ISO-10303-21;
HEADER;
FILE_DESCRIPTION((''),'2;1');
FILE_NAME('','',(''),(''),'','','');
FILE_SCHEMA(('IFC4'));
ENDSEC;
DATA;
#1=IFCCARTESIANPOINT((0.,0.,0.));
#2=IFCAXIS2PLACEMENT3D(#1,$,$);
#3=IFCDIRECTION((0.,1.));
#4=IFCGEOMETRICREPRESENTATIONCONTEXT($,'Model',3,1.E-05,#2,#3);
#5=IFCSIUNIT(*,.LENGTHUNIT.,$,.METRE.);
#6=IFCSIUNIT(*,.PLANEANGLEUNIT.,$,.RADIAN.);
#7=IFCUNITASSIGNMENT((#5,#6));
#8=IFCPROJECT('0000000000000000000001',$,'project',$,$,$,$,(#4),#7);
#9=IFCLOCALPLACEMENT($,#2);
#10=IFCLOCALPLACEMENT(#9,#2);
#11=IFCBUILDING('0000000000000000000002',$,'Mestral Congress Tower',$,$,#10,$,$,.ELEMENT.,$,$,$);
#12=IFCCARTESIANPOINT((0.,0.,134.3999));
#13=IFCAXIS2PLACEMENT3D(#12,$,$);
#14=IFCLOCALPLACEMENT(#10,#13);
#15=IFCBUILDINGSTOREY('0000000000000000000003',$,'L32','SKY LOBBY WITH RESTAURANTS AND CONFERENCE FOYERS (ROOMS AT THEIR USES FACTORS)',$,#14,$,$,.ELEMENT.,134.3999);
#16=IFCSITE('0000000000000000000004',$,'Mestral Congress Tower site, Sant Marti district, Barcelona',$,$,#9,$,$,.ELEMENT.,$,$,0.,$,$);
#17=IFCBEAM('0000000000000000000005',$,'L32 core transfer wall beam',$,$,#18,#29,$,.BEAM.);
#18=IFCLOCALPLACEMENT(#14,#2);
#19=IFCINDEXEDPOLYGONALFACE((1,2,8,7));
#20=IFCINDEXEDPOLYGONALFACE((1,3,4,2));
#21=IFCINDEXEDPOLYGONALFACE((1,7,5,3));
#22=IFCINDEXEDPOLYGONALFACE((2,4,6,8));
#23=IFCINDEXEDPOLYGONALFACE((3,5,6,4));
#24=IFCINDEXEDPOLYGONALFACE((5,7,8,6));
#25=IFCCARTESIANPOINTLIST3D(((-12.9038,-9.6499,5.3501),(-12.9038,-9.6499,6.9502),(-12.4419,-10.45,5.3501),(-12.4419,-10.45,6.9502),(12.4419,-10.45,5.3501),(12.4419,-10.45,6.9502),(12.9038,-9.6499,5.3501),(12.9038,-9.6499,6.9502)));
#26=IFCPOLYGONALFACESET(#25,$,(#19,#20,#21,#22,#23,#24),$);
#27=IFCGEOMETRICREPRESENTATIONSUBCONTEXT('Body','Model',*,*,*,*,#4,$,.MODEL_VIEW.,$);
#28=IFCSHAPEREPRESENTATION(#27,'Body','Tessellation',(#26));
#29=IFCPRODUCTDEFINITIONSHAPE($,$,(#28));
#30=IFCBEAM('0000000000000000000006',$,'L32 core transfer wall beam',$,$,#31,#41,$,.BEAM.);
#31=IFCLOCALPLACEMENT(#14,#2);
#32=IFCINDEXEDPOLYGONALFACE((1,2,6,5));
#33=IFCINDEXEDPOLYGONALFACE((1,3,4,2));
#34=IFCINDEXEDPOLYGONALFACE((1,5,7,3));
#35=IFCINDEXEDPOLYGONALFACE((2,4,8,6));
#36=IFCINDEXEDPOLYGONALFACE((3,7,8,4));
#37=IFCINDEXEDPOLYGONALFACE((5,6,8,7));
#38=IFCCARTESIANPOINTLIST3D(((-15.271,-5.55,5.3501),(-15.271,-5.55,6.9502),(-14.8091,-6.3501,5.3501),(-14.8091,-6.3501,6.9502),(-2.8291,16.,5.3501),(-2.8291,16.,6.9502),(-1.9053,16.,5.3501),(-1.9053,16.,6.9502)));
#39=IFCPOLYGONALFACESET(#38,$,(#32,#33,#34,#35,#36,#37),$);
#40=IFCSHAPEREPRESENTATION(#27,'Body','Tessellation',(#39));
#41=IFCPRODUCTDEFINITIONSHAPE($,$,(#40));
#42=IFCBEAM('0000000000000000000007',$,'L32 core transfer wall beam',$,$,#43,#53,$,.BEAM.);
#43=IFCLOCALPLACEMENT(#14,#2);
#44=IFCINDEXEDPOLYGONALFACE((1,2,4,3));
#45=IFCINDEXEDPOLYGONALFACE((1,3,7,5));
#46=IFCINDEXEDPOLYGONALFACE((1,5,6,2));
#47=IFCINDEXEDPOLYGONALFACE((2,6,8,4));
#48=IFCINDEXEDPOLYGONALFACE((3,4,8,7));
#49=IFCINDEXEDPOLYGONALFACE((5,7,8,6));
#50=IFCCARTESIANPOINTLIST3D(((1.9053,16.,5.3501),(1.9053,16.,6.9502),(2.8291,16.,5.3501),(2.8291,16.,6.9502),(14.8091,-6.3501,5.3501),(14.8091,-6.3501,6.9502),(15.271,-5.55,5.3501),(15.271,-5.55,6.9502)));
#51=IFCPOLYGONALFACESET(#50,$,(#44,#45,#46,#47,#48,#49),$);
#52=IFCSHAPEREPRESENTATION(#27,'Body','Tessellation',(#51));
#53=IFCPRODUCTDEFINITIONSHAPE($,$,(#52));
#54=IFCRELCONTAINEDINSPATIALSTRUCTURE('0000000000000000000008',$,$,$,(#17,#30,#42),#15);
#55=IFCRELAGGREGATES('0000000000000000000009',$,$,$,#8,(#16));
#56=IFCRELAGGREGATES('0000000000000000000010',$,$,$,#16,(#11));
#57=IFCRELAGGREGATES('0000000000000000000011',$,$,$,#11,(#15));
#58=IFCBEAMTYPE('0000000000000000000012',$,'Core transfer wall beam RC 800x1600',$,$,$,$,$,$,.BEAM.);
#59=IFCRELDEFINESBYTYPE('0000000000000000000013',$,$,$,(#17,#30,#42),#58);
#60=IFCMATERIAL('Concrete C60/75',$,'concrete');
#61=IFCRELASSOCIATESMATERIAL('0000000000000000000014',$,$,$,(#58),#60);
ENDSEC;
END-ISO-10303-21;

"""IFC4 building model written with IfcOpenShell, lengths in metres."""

from ifc_helpers import new_model, si_unit, direction, frame, origin, place, context, subcontext, project, spatial, polyline, outline, extrude, material, type_object, element, save


model = new_model("IFC4")

# Units and contexts
model_context = context("Model", 3, precision=1e-05, world=origin(), true_north=direction((0.0, 1.0)))
body_context = subcontext(model_context, "Body", "Model", "MODEL_VIEW")
ifc_project = project(units=[si_unit("LENGTHUNIT", "METRE"), si_unit("PLANEANGLEUNIT", "RADIAN")], contexts=[model_context])

# Site, building, storey
site_placement = place(None, origin())
site = spatial("IfcSite", under=ifc_project, at=site_placement, Name="Mestral Congress Tower site, Sant Marti district, Barcelona", CompositionType="ELEMENT", RefElevation=0.0)
building_placement = place(site_placement, origin())
building = spatial("IfcBuilding", under=site, at=building_placement, Name="Mestral Congress Tower", CompositionType="ELEMENT")
storey_placement = place(building_placement, frame((0.0, 0.0, 134.3999)))
storey = spatial("IfcBuildingStorey", under=building, at=storey_placement, Name="L32", Description="SKY LOBBY WITH RESTAURANTS AND CONFERENCE FOYERS (ROOMS AT THEIR USES FACTORS)", CompositionType="ELEMENT", Elevation=134.3999)

# Beams
ifc_material_1 = material(Name="Concrete C60/75", Category="concrete")
beam_type = type_object("IfcBeamType", Name="Core transfer wall beam RC 800x1600", PredefinedType="BEAM", material=ifc_material_1)
placement_1 = place(storey_placement, frame((0.0, 0.0, 5.3501)))
element("IfcBeam", 1, at=placement_1, inside=storey, type_object=beam_type, Name="L32 core transfer wall beam", PredefinedType="BEAM", context=body_context, shape_type="SweptSolid", body=[
    extrude(outline(polyline([(-12.4419, -10.45), (-12.9038, -9.6499), (12.9038, -9.6499), (12.4419, -10.45), (-12.4419, -10.45)])), origin(), (0.0, 0.0, 1.0), 1.6001),
])
element("IfcBeam", 2, at=placement_1, inside=storey, type_object=beam_type, Name="L32 core transfer wall beam", PredefinedType="BEAM", context=body_context, shape_type="SweptSolid", body=[
    extrude(outline(polyline([(-2.8291, 16.0), (-1.9053, 16.0), (-14.8091, -6.3501), (-15.271, -5.55), (-2.8291, 16.0)])), origin(), (0.0, 0.0, 1.0), 1.6001),
])
element("IfcBeam", 3, at=placement_1, inside=storey, type_object=beam_type, Name="L32 core transfer wall beam", PredefinedType="BEAM", context=body_context, shape_type="SweptSolid", body=[
    extrude(outline(polyline([(15.271, -5.55), (14.8091, -6.3501), (1.9053, 16.0), (2.8291, 16.0), (15.271, -5.55)])), origin(), (0.0, 0.0, 1.0), 1.6001),
])

save(model, "model.ifc")
